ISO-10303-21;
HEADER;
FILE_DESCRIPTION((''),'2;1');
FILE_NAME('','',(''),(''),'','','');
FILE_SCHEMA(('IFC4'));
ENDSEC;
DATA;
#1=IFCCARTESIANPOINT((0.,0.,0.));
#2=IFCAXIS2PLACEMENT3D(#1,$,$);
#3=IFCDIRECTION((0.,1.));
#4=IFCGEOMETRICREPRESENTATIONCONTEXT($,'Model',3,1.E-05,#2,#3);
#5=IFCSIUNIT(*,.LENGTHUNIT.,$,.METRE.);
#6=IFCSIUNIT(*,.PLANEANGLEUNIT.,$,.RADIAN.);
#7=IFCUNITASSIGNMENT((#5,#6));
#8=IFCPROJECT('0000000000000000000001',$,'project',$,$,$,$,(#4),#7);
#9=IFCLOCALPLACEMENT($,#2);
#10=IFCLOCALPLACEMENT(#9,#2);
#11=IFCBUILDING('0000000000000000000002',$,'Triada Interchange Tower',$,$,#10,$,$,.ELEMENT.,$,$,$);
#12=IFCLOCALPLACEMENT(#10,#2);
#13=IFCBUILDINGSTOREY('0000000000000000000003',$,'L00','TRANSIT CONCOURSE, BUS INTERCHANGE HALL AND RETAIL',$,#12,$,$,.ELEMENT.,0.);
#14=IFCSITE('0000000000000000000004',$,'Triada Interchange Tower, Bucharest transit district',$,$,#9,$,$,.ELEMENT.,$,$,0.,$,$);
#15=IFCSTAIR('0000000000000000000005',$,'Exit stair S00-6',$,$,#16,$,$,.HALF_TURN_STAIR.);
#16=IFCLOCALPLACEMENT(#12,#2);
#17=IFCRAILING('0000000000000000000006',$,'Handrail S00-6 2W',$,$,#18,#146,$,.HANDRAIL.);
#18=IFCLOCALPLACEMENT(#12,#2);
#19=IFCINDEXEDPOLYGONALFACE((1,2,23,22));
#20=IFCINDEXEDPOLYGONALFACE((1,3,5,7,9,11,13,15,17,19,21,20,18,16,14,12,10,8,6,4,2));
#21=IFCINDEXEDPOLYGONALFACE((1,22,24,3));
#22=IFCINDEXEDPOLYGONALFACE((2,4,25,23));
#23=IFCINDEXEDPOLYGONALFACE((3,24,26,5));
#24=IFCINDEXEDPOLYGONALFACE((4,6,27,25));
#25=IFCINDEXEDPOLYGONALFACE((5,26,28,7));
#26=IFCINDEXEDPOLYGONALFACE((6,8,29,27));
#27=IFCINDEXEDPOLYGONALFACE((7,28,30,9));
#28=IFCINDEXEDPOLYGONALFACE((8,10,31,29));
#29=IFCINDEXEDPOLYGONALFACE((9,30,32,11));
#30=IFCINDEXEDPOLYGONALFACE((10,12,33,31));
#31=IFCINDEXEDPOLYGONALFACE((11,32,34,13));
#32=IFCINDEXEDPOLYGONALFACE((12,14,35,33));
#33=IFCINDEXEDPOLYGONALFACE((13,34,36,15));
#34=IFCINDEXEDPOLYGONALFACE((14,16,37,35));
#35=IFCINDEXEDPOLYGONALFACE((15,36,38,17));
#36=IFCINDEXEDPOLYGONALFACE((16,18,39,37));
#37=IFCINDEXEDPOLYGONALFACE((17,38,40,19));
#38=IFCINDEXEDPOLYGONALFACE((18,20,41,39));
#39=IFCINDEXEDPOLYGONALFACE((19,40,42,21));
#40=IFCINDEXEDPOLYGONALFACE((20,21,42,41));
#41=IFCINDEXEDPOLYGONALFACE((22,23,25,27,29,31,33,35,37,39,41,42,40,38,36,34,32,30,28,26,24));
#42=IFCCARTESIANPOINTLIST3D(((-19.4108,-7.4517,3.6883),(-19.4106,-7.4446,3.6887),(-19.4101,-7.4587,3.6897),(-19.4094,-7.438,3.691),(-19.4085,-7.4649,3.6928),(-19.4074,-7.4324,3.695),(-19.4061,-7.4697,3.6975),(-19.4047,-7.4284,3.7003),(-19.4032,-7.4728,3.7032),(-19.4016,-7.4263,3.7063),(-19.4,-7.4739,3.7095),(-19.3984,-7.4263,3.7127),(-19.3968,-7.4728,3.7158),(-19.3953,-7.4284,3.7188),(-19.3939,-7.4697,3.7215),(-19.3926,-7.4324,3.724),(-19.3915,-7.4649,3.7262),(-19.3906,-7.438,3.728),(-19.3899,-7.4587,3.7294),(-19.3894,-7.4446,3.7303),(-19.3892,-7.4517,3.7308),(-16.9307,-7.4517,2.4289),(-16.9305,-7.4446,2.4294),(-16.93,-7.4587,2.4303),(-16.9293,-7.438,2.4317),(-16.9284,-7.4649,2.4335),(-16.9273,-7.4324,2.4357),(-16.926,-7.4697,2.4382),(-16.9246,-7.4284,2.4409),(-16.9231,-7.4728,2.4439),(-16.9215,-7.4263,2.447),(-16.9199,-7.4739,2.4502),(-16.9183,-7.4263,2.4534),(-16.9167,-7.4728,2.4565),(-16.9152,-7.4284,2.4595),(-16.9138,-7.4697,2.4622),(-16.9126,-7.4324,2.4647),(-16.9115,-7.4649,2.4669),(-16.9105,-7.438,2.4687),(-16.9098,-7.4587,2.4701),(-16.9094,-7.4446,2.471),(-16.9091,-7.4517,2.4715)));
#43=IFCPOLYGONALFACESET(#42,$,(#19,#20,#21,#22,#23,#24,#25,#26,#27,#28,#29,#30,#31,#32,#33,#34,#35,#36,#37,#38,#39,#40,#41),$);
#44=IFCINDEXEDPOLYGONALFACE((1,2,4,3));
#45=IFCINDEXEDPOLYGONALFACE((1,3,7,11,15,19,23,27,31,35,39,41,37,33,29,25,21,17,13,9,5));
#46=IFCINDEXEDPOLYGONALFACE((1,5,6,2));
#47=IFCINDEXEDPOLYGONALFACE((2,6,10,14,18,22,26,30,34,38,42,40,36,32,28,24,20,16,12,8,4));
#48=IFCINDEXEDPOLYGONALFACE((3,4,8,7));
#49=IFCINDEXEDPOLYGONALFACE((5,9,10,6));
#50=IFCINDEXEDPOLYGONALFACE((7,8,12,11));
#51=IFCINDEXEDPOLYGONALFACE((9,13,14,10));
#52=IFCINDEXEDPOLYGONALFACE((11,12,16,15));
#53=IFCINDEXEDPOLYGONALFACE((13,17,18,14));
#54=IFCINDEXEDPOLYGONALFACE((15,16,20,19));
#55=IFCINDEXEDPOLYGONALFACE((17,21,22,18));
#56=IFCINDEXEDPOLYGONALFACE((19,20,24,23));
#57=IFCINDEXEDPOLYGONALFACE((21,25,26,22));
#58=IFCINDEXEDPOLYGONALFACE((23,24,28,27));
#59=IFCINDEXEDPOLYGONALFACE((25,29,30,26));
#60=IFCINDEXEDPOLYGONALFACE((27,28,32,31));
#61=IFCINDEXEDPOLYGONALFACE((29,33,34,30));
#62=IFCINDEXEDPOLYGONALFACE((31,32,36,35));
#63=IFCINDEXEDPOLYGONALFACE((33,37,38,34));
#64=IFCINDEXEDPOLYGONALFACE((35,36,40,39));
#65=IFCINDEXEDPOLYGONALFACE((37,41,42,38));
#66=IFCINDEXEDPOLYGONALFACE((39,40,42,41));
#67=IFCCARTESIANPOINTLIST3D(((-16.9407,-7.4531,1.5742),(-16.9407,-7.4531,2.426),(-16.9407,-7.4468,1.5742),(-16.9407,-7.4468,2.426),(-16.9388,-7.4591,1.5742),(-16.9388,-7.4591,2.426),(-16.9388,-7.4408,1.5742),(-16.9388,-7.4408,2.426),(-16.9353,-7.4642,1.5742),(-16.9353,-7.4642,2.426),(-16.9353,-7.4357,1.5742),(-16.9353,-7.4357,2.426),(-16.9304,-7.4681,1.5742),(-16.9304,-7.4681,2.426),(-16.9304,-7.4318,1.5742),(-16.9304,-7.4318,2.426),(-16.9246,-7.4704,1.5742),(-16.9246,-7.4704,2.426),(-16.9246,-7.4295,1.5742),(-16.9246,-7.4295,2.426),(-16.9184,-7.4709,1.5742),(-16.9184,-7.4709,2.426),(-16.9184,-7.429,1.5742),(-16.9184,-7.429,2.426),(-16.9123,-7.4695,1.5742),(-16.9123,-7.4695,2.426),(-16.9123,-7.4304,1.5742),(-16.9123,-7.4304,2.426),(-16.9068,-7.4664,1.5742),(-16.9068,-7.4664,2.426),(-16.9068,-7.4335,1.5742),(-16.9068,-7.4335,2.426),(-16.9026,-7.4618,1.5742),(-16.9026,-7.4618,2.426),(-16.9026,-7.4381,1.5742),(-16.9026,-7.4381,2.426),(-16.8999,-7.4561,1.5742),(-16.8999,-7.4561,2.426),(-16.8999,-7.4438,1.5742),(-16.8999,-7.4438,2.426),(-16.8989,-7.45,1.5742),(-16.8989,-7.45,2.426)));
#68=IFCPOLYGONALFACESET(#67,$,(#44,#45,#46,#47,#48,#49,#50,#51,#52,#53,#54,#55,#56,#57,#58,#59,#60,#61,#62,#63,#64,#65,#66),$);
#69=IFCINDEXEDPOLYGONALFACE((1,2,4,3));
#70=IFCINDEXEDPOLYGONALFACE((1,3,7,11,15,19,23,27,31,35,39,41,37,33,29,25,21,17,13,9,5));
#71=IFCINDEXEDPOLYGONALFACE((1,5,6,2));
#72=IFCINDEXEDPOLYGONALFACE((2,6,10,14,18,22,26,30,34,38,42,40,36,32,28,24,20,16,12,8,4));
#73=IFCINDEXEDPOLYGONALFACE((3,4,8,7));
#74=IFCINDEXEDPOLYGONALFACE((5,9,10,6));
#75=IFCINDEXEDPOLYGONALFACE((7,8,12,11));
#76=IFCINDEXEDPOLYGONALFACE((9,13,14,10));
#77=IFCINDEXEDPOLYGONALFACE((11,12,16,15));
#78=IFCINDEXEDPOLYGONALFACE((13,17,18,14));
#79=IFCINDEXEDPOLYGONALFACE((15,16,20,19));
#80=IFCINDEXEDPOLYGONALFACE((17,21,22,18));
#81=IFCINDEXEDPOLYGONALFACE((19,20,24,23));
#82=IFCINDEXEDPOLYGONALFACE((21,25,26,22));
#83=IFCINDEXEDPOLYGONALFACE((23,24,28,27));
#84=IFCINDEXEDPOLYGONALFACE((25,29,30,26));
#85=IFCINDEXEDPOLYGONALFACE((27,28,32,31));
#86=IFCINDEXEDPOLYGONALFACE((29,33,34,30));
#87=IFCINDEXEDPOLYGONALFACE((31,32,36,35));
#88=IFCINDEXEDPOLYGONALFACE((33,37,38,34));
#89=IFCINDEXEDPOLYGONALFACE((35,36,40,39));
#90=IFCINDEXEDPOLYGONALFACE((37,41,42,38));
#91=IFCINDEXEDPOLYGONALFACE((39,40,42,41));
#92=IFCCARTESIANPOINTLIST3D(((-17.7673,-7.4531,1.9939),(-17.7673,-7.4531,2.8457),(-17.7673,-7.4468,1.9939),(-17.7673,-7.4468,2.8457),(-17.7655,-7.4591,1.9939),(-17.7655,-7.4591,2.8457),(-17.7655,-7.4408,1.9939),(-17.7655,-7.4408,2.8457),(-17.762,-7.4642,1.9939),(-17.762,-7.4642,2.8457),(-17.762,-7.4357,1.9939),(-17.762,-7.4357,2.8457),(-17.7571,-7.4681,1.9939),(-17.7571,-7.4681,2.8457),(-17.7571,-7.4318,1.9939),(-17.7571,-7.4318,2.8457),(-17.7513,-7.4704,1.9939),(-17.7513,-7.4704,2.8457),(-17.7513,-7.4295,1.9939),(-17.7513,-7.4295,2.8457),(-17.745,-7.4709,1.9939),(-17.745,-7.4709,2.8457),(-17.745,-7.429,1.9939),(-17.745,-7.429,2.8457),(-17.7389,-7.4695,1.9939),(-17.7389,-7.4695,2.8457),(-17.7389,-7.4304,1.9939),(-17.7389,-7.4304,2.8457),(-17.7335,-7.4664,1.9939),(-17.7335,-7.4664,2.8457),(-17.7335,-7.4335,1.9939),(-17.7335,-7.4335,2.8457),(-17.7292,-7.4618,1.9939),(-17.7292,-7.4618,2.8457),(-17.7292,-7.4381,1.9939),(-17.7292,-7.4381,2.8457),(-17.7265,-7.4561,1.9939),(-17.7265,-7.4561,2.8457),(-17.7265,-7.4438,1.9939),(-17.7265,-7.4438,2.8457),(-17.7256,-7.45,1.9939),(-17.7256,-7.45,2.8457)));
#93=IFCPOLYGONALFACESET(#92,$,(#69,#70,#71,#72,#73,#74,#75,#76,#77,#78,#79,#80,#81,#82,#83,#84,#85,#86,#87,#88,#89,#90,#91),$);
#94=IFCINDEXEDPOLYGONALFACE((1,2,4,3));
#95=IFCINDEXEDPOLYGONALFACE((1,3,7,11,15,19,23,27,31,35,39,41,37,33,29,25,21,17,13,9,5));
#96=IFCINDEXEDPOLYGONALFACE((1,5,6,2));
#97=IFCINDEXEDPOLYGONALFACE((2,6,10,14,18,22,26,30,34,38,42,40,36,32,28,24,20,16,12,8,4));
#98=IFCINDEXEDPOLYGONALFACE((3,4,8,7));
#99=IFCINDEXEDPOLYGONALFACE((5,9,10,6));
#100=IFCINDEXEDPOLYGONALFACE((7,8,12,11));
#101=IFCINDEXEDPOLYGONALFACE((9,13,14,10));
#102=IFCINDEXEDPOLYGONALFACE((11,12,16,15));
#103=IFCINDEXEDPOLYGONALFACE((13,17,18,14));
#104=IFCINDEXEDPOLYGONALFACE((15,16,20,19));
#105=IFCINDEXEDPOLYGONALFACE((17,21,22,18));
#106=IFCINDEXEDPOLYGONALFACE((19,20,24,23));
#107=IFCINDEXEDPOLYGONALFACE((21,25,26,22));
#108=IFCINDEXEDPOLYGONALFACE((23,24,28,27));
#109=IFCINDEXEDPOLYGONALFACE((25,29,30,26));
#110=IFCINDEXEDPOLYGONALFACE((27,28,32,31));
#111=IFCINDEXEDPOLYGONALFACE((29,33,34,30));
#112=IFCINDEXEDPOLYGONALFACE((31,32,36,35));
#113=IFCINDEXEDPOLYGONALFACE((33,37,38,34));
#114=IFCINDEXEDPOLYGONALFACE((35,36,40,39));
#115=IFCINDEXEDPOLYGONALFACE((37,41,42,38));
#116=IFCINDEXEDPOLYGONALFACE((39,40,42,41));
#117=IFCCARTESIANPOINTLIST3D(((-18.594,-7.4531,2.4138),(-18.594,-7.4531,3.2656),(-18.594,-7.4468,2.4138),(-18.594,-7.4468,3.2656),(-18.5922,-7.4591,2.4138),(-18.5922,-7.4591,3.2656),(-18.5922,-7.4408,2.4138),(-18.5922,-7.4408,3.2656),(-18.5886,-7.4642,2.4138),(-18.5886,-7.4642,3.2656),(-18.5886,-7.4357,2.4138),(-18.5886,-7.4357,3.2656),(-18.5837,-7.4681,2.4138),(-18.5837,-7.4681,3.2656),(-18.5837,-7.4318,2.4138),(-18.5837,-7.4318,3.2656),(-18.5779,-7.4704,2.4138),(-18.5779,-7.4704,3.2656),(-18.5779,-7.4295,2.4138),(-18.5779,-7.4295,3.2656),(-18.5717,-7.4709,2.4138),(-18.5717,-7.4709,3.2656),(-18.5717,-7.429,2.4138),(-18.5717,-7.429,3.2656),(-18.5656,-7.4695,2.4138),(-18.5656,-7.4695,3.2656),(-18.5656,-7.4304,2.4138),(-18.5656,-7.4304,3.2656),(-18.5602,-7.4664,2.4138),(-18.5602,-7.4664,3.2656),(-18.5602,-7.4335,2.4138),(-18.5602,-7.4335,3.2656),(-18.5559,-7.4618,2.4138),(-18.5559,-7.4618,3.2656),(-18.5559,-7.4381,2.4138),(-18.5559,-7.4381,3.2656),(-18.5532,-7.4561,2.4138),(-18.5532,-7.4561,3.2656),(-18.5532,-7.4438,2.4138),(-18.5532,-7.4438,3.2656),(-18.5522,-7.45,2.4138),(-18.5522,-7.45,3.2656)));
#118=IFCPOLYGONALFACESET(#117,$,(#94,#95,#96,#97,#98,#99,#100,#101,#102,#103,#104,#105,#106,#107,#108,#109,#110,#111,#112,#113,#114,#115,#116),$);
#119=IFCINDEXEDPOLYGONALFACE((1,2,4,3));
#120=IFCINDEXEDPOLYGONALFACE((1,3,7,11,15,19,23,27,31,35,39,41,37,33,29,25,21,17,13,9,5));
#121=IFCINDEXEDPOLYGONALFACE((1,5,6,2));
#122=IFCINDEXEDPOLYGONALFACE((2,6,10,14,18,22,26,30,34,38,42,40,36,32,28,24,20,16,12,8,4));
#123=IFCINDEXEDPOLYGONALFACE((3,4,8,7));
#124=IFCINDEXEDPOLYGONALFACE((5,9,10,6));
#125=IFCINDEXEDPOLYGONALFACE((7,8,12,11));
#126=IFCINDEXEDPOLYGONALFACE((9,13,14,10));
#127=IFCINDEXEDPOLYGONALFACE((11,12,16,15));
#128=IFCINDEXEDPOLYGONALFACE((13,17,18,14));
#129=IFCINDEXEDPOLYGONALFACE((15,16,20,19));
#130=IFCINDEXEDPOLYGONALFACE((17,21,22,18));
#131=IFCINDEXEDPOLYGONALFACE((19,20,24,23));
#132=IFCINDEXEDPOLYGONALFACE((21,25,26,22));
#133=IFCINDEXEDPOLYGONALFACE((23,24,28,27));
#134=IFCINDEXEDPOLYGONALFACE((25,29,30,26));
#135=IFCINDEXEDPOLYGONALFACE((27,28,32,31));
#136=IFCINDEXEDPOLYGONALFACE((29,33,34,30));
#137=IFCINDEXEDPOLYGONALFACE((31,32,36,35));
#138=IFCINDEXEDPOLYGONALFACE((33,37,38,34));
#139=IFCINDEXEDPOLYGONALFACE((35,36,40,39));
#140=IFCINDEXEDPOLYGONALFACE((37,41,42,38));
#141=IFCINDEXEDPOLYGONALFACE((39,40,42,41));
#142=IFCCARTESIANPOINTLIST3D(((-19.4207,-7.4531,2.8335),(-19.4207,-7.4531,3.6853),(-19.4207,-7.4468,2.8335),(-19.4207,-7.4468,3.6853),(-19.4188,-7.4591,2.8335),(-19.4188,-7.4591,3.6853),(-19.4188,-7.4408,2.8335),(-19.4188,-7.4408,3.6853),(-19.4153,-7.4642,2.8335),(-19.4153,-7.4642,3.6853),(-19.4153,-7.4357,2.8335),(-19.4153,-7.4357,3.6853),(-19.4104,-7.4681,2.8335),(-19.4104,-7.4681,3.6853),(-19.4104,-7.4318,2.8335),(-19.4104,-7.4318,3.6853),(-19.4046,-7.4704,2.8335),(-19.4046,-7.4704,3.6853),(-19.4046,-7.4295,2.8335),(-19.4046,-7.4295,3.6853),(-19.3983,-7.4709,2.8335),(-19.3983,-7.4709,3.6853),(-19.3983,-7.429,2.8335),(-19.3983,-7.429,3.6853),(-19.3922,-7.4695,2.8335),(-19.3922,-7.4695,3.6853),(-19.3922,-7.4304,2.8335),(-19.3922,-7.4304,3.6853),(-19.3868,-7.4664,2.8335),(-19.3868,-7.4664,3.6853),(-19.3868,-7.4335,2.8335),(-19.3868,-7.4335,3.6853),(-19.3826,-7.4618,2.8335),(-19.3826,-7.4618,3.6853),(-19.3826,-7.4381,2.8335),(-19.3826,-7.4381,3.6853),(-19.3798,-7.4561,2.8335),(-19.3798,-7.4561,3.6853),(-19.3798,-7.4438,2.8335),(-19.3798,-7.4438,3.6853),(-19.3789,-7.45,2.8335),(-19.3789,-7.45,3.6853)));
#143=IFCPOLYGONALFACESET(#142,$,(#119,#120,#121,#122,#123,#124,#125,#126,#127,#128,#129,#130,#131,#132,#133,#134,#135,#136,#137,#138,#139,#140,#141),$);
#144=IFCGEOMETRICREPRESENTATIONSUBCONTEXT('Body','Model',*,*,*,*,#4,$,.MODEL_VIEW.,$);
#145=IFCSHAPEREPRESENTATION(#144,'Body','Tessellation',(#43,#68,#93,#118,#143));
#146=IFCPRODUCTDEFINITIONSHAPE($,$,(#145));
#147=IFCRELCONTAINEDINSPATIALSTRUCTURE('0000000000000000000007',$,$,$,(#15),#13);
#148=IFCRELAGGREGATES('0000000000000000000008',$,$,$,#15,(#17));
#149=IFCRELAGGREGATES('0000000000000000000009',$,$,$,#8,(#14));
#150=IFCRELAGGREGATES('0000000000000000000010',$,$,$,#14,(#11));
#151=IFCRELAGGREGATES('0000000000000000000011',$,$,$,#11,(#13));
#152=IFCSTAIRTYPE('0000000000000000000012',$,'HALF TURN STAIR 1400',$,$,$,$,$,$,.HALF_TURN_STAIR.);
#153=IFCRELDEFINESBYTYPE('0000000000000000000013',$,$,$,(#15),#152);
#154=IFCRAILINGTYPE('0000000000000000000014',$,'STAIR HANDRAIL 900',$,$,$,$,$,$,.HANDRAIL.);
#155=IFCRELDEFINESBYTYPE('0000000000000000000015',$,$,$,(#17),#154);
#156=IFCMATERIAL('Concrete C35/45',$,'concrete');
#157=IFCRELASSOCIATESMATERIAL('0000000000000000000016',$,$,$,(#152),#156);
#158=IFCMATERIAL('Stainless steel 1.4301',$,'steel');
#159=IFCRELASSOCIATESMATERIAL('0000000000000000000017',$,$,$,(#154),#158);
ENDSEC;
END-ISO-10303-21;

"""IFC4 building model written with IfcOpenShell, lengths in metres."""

from ifc_helpers import new_model, si_unit, direction, frame, origin, origin_2d, place, context, subcontext, project, spatial, circle, extrude, material, type_object, element, aggregate, save


model = new_model("IFC4")

# Units and contexts
model_context = context("Model", 3, precision=1e-05, world=origin(), true_north=direction((0.0, 1.0)))
body_context = subcontext(model_context, "Body", "Model", "MODEL_VIEW")
ifc_project = project(units=[si_unit("LENGTHUNIT", "METRE"), si_unit("PLANEANGLEUNIT", "RADIAN")], contexts=[model_context])

# Site, building, storey
site_placement = place(None, origin())
site = spatial("IfcSite", under=ifc_project, at=site_placement, Name="Triada Interchange Tower, Bucharest transit district", CompositionType="ELEMENT", RefElevation=0.0)
building_placement = place(site_placement, origin())
building = spatial("IfcBuilding", under=site, at=building_placement, Name="Triada Interchange Tower", CompositionType="ELEMENT")
storey_placement = place(building_placement, origin())
storey = spatial("IfcBuildingStorey", under=building, at=storey_placement, Name="L00", Description="TRANSIT CONCOURSE, BUS INTERCHANGE HALL AND RETAIL", CompositionType="ELEMENT", Elevation=0.0)

# Shared definitions
ifc_material_1 = material(Name="Concrete C35/45", Category="concrete")

# Stair, railing
stair_type = type_object("IfcStairType", Name="HALF TURN STAIR 1400", PredefinedType="HALF_TURN_STAIR", material=ifc_material_1)
stair_placement = place(storey_placement, origin())
stair = element("IfcStair", 1, at=stair_placement, inside=storey, type_object=stair_type, Name="Exit stair S00-6", PredefinedType="HALF_TURN_STAIR")
ifc_material_2 = material(Name="Stainless steel 1.4301", Category="steel")
railing_type_1 = type_object("IfcRailingType", Name="STAIR HANDRAIL 900", PredefinedType="HANDRAIL", material=ifc_material_2)
railing_1_placement = place(storey_placement, frame((-16.9199, -7.45, 1.5742)))
railing_1 = element("IfcRailing", 2, at=railing_1_placement, type_object=railing_type_1, Name="Handrail S00-6 2W", PredefinedType="HANDRAIL", context=body_context, shape_type="SweptSolid", body=[
    extrude(circle(Radius=0.0239, at=origin_2d()), frame((0.0, 0.0, 0.876), z_axis=(-0.891636, 0.0, 0.452752), x_axis=(0.0, -1.0, 0.0)), (0.0, 0.0, 1.0), 2.7815),
    extrude(circle(Radius=0.021, at=origin_2d()), origin(), (0.0, 0.0, 1.0), 0.8518),
    extrude(circle(Radius=0.021, at=origin_2d()), frame((-0.8267, 0.0, 0.4197)), (0.0, 0.0, 1.0), 0.8518),
    extrude(circle(Radius=0.021, at=origin_2d()), frame((-1.6533, 0.0, 0.8396)), (0.0, 0.0, 1.0), 0.8518),
    extrude(circle(Radius=0.021, at=origin_2d()), frame((-2.48, 0.0, 1.2593)), (0.0, 0.0, 1.0), 0.8518),
])
aggregate(stair, [railing_1])

save(model, "model.ifc")
